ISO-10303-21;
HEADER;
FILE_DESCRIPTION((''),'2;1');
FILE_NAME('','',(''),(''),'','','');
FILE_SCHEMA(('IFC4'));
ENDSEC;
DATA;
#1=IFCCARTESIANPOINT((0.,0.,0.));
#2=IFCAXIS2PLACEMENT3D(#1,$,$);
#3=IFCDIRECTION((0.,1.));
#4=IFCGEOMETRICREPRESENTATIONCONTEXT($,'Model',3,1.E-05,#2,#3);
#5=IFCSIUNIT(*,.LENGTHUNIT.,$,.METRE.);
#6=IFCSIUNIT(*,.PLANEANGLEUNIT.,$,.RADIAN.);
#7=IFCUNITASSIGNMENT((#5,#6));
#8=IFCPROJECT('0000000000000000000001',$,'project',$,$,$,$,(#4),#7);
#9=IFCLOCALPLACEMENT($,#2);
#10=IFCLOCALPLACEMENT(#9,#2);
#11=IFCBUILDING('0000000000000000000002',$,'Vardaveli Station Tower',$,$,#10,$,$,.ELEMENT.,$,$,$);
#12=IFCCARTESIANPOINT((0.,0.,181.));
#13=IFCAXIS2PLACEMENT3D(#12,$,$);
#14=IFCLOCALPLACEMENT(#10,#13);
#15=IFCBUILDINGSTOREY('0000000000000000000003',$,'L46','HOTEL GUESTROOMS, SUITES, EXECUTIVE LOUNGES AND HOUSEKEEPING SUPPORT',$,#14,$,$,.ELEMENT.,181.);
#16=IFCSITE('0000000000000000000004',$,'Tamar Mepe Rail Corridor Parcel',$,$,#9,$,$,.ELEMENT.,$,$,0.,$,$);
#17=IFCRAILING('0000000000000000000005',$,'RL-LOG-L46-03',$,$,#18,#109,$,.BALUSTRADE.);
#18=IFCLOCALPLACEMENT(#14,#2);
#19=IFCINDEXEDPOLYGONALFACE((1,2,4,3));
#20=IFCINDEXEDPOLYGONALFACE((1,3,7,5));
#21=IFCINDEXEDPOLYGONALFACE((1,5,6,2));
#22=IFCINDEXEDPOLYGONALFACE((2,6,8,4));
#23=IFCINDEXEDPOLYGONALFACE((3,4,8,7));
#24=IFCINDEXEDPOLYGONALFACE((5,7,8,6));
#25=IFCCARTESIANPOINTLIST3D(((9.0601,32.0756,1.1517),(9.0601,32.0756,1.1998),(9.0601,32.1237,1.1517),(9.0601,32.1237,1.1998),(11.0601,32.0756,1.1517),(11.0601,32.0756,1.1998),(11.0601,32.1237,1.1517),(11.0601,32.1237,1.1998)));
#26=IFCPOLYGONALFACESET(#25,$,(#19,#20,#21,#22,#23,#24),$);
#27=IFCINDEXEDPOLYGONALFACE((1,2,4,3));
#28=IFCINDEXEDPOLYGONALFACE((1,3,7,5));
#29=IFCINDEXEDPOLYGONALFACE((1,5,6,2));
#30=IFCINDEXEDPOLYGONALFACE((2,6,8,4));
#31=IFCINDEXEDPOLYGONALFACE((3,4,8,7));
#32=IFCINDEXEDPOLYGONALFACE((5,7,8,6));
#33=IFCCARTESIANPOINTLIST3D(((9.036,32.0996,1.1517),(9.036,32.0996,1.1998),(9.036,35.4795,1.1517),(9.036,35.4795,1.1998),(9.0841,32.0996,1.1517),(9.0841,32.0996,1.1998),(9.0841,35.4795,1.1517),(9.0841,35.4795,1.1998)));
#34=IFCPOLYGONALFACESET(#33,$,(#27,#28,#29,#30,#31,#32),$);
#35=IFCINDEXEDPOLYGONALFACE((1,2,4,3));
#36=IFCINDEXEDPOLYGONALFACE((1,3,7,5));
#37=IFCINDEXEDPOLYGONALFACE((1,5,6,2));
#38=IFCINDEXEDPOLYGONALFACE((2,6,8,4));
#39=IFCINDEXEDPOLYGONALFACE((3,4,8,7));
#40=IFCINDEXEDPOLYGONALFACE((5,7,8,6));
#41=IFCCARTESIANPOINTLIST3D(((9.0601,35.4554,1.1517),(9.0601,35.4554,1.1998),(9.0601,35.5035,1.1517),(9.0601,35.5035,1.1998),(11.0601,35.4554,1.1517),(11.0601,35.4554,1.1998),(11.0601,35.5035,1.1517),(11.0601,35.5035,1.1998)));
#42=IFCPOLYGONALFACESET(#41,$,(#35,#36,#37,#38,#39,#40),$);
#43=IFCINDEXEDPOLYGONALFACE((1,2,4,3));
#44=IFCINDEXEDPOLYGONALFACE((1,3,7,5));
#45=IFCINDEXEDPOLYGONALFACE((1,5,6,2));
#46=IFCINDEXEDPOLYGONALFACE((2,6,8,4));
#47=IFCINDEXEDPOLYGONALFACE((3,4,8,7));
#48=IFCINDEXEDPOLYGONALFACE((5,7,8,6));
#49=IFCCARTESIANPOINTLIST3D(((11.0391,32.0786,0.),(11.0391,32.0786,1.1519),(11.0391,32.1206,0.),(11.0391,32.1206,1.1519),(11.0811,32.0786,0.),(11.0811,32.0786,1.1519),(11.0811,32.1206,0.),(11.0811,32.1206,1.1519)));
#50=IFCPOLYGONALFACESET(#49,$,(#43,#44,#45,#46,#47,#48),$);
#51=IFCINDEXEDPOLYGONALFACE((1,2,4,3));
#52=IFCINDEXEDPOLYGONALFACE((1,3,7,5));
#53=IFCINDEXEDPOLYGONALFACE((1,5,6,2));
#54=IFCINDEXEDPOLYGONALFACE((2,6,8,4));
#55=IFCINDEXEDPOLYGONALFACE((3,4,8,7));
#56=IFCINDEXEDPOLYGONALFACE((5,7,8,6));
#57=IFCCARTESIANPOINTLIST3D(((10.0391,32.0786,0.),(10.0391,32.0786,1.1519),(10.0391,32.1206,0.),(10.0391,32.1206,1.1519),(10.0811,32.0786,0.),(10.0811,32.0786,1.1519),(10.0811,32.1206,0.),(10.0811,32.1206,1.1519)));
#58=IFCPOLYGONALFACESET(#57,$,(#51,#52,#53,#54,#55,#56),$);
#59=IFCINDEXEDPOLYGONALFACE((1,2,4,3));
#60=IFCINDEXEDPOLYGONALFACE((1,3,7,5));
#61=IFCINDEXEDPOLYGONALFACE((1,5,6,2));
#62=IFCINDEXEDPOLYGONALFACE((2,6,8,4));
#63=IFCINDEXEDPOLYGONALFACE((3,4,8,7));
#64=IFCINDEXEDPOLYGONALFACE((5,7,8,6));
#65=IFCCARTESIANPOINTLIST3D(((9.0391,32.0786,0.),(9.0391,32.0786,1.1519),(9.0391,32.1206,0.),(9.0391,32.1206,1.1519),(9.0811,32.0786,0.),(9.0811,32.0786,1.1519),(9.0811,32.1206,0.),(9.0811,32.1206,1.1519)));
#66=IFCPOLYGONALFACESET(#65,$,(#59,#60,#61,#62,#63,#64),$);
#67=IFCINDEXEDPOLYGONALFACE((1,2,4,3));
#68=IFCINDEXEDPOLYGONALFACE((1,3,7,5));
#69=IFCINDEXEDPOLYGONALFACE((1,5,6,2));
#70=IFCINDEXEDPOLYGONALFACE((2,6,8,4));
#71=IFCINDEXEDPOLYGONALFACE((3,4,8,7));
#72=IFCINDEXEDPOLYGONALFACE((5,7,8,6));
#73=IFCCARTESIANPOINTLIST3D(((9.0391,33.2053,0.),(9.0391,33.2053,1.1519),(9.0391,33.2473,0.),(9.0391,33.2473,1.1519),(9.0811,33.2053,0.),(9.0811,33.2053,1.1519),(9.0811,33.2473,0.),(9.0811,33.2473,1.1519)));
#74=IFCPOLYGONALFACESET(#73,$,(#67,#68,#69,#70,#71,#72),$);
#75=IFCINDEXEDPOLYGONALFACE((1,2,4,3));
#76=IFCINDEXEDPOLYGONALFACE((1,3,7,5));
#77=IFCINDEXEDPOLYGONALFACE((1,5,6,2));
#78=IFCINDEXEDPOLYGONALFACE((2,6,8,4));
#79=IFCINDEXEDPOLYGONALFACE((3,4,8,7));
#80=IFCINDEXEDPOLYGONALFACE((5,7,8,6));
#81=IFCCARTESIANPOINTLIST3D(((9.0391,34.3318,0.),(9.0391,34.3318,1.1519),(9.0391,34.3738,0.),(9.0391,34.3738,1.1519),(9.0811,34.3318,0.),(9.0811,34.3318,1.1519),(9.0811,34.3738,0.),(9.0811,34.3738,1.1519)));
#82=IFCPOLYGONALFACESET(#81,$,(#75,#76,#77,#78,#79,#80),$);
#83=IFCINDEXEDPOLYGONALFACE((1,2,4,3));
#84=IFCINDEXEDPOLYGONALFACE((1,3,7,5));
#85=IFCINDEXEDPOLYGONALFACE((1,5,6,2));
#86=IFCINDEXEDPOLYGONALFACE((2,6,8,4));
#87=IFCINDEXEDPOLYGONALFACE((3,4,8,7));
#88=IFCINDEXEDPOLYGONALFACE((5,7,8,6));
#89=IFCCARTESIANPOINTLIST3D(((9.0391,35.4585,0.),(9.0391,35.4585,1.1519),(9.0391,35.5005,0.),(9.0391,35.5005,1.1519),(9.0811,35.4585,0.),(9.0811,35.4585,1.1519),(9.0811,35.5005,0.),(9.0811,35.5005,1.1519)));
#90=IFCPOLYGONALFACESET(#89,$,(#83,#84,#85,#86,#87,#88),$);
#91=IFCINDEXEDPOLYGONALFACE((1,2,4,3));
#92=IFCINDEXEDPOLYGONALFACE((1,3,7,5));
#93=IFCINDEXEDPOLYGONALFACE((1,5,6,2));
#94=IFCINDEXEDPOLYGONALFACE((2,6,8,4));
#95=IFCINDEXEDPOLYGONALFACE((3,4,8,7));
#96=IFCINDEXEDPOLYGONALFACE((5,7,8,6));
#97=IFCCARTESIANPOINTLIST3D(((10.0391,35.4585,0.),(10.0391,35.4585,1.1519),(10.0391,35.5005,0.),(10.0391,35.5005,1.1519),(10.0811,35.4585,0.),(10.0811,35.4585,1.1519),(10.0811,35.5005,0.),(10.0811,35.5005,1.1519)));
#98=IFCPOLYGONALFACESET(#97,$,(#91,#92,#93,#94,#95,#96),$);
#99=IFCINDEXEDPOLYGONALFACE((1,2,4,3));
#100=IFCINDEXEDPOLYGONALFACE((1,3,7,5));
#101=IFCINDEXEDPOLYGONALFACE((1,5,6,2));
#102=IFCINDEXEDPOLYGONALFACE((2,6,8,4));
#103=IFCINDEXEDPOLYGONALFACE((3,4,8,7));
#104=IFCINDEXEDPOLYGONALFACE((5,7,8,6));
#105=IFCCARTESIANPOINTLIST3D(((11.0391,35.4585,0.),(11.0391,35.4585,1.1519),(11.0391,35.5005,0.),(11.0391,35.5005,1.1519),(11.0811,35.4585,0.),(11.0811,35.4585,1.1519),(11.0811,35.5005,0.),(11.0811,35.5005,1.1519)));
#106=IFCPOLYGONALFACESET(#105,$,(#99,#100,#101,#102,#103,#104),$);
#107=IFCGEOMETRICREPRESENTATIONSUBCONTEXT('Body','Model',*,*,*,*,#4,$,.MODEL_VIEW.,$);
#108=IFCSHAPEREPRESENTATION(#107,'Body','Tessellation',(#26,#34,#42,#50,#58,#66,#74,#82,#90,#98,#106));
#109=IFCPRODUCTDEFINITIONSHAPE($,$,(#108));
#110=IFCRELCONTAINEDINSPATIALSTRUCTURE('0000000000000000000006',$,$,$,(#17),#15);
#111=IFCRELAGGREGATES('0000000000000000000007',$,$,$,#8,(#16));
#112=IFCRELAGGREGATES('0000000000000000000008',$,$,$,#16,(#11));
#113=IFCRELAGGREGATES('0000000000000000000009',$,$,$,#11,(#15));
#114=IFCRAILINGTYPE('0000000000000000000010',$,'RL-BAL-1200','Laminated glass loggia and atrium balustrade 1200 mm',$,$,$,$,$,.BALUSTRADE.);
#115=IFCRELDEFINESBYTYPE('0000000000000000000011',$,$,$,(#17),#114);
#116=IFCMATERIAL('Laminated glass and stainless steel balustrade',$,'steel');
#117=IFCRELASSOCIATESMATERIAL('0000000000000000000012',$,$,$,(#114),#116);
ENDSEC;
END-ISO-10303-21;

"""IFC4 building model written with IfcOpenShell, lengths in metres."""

from ifc_helpers import new_model, si_unit, direction, frame, origin, origin_2d, place, context, subcontext, project, spatial, rectangle, extrude, source, transform, mapped, material, type_object, element, save


model = new_model("IFC4")

# Units and contexts
model_context = context("Model", 3, precision=1e-05, world=origin(), true_north=direction((0.0, 1.0)))
body_context = subcontext(model_context, "Body", "Model", "MODEL_VIEW")
ifc_project = project(units=[si_unit("LENGTHUNIT", "METRE"), si_unit("PLANEANGLEUNIT", "RADIAN")], contexts=[model_context])

# Site, building, storey
site_placement = place(None, origin())
site = spatial("IfcSite", under=ifc_project, at=site_placement, Name="Tamar Mepe Rail Corridor Parcel", CompositionType="ELEMENT", RefElevation=0.0)
building_placement = place(site_placement, origin())
building = spatial("IfcBuilding", under=site, at=building_placement, Name="Vardaveli Station Tower", CompositionType="ELEMENT")
storey_placement = place(building_placement, frame((0.0, 0.0, 181.0)))
storey = spatial("IfcBuildingStorey", under=building, at=storey_placement, Name="L46", Description="HOTEL GUESTROOMS, SUITES, EXECUTIVE LOUNGES AND HOUSEKEEPING SUPPORT", CompositionType="ELEMENT", Elevation=181.0)

# Railing
ifc_material_1 = material(Name="Laminated glass and stainless steel balustrade", Category="steel")
railing_type = type_object("IfcRailingType", Name="RL-BAL-1200", Description="Laminated glass loggia and atrium balustrade 1200 mm", PredefinedType="BALUSTRADE", material=ifc_material_1)
shared_shape_1 = source(origin(), body_context, "Body", "SweptSolid", [
    extrude(rectangle(XDim=0.0481, YDim=0.0481, at=origin_2d()), frame((0.0, 0.0, 1.1758), z_axis=(-1.0, 0.0, 0.0), x_axis=(0.0, -1.0, 0.0)), (0.0, 0.0, 1.0), 2.0),
    extrude(rectangle(XDim=0.0481, YDim=0.0481, at=origin_2d()), frame((-2.0, 0.0, 1.1758), z_axis=(0.0, 1.0, 0.0), x_axis=(-1.0, 0.0, 0.0)), (0.0, 0.0, 1.0), 3.3799),
    extrude(rectangle(XDim=0.0481, YDim=0.0481, at=origin_2d()), frame((-2.0, 3.3799, 1.1758), z_axis=(1.0, 0.0, 0.0), x_axis=(0.0, 1.0, 0.0)), (0.0, 0.0, 1.0), 2.0),
    extrude(rectangle(XDim=0.042, YDim=0.042, at=origin_2d()), origin(), (0.0, 0.0, 1.0), 1.1519),
    extrude(rectangle(XDim=0.042, YDim=0.042, at=origin_2d()), frame((-1.0, 0.0, 0.0)), (0.0, 0.0, 1.0), 1.1519),
    extrude(rectangle(XDim=0.042, YDim=0.042, at=origin_2d()), frame((-2.0, 0.0, 0.0)), (0.0, 0.0, 1.0), 1.1519),
    extrude(rectangle(XDim=0.042, YDim=0.042, at=origin_2d()), frame((-2.0, 1.1267, 0.0)), (0.0, 0.0, 1.0), 1.1519),
    extrude(rectangle(XDim=0.042, YDim=0.042, at=origin_2d()), frame((-2.0, 2.2532, 0.0)), (0.0, 0.0, 1.0), 1.1519),
    extrude(rectangle(XDim=0.042, YDim=0.042, at=origin_2d()), frame((-2.0, 3.3799, 0.0)), (0.0, 0.0, 1.0), 1.1519),
    extrude(rectangle(XDim=0.042, YDim=0.042, at=origin_2d()), frame((-1.0, 3.3799, 0.0)), (0.0, 0.0, 1.0), 1.1519),
    extrude(rectangle(XDim=0.042, YDim=0.042, at=origin_2d()), frame((0.0, 3.3799, 0.0)), (0.0, 0.0, 1.0), 1.1519),
])
railing_placement = place(storey_placement, frame((11.0601, 32.0996, 0.0)))
element("IfcRailing", 1, at=railing_placement, inside=storey, type_object=railing_type, Name="RL-LOG-L46-03", PredefinedType="BALUSTRADE", context=body_context, shape_type="MappedRepresentation", body=[
    mapped(shared_shape_1, transform((0.0, 0.0, 0.0), scale=1.0)),
])

save(model, "model.ifc")
